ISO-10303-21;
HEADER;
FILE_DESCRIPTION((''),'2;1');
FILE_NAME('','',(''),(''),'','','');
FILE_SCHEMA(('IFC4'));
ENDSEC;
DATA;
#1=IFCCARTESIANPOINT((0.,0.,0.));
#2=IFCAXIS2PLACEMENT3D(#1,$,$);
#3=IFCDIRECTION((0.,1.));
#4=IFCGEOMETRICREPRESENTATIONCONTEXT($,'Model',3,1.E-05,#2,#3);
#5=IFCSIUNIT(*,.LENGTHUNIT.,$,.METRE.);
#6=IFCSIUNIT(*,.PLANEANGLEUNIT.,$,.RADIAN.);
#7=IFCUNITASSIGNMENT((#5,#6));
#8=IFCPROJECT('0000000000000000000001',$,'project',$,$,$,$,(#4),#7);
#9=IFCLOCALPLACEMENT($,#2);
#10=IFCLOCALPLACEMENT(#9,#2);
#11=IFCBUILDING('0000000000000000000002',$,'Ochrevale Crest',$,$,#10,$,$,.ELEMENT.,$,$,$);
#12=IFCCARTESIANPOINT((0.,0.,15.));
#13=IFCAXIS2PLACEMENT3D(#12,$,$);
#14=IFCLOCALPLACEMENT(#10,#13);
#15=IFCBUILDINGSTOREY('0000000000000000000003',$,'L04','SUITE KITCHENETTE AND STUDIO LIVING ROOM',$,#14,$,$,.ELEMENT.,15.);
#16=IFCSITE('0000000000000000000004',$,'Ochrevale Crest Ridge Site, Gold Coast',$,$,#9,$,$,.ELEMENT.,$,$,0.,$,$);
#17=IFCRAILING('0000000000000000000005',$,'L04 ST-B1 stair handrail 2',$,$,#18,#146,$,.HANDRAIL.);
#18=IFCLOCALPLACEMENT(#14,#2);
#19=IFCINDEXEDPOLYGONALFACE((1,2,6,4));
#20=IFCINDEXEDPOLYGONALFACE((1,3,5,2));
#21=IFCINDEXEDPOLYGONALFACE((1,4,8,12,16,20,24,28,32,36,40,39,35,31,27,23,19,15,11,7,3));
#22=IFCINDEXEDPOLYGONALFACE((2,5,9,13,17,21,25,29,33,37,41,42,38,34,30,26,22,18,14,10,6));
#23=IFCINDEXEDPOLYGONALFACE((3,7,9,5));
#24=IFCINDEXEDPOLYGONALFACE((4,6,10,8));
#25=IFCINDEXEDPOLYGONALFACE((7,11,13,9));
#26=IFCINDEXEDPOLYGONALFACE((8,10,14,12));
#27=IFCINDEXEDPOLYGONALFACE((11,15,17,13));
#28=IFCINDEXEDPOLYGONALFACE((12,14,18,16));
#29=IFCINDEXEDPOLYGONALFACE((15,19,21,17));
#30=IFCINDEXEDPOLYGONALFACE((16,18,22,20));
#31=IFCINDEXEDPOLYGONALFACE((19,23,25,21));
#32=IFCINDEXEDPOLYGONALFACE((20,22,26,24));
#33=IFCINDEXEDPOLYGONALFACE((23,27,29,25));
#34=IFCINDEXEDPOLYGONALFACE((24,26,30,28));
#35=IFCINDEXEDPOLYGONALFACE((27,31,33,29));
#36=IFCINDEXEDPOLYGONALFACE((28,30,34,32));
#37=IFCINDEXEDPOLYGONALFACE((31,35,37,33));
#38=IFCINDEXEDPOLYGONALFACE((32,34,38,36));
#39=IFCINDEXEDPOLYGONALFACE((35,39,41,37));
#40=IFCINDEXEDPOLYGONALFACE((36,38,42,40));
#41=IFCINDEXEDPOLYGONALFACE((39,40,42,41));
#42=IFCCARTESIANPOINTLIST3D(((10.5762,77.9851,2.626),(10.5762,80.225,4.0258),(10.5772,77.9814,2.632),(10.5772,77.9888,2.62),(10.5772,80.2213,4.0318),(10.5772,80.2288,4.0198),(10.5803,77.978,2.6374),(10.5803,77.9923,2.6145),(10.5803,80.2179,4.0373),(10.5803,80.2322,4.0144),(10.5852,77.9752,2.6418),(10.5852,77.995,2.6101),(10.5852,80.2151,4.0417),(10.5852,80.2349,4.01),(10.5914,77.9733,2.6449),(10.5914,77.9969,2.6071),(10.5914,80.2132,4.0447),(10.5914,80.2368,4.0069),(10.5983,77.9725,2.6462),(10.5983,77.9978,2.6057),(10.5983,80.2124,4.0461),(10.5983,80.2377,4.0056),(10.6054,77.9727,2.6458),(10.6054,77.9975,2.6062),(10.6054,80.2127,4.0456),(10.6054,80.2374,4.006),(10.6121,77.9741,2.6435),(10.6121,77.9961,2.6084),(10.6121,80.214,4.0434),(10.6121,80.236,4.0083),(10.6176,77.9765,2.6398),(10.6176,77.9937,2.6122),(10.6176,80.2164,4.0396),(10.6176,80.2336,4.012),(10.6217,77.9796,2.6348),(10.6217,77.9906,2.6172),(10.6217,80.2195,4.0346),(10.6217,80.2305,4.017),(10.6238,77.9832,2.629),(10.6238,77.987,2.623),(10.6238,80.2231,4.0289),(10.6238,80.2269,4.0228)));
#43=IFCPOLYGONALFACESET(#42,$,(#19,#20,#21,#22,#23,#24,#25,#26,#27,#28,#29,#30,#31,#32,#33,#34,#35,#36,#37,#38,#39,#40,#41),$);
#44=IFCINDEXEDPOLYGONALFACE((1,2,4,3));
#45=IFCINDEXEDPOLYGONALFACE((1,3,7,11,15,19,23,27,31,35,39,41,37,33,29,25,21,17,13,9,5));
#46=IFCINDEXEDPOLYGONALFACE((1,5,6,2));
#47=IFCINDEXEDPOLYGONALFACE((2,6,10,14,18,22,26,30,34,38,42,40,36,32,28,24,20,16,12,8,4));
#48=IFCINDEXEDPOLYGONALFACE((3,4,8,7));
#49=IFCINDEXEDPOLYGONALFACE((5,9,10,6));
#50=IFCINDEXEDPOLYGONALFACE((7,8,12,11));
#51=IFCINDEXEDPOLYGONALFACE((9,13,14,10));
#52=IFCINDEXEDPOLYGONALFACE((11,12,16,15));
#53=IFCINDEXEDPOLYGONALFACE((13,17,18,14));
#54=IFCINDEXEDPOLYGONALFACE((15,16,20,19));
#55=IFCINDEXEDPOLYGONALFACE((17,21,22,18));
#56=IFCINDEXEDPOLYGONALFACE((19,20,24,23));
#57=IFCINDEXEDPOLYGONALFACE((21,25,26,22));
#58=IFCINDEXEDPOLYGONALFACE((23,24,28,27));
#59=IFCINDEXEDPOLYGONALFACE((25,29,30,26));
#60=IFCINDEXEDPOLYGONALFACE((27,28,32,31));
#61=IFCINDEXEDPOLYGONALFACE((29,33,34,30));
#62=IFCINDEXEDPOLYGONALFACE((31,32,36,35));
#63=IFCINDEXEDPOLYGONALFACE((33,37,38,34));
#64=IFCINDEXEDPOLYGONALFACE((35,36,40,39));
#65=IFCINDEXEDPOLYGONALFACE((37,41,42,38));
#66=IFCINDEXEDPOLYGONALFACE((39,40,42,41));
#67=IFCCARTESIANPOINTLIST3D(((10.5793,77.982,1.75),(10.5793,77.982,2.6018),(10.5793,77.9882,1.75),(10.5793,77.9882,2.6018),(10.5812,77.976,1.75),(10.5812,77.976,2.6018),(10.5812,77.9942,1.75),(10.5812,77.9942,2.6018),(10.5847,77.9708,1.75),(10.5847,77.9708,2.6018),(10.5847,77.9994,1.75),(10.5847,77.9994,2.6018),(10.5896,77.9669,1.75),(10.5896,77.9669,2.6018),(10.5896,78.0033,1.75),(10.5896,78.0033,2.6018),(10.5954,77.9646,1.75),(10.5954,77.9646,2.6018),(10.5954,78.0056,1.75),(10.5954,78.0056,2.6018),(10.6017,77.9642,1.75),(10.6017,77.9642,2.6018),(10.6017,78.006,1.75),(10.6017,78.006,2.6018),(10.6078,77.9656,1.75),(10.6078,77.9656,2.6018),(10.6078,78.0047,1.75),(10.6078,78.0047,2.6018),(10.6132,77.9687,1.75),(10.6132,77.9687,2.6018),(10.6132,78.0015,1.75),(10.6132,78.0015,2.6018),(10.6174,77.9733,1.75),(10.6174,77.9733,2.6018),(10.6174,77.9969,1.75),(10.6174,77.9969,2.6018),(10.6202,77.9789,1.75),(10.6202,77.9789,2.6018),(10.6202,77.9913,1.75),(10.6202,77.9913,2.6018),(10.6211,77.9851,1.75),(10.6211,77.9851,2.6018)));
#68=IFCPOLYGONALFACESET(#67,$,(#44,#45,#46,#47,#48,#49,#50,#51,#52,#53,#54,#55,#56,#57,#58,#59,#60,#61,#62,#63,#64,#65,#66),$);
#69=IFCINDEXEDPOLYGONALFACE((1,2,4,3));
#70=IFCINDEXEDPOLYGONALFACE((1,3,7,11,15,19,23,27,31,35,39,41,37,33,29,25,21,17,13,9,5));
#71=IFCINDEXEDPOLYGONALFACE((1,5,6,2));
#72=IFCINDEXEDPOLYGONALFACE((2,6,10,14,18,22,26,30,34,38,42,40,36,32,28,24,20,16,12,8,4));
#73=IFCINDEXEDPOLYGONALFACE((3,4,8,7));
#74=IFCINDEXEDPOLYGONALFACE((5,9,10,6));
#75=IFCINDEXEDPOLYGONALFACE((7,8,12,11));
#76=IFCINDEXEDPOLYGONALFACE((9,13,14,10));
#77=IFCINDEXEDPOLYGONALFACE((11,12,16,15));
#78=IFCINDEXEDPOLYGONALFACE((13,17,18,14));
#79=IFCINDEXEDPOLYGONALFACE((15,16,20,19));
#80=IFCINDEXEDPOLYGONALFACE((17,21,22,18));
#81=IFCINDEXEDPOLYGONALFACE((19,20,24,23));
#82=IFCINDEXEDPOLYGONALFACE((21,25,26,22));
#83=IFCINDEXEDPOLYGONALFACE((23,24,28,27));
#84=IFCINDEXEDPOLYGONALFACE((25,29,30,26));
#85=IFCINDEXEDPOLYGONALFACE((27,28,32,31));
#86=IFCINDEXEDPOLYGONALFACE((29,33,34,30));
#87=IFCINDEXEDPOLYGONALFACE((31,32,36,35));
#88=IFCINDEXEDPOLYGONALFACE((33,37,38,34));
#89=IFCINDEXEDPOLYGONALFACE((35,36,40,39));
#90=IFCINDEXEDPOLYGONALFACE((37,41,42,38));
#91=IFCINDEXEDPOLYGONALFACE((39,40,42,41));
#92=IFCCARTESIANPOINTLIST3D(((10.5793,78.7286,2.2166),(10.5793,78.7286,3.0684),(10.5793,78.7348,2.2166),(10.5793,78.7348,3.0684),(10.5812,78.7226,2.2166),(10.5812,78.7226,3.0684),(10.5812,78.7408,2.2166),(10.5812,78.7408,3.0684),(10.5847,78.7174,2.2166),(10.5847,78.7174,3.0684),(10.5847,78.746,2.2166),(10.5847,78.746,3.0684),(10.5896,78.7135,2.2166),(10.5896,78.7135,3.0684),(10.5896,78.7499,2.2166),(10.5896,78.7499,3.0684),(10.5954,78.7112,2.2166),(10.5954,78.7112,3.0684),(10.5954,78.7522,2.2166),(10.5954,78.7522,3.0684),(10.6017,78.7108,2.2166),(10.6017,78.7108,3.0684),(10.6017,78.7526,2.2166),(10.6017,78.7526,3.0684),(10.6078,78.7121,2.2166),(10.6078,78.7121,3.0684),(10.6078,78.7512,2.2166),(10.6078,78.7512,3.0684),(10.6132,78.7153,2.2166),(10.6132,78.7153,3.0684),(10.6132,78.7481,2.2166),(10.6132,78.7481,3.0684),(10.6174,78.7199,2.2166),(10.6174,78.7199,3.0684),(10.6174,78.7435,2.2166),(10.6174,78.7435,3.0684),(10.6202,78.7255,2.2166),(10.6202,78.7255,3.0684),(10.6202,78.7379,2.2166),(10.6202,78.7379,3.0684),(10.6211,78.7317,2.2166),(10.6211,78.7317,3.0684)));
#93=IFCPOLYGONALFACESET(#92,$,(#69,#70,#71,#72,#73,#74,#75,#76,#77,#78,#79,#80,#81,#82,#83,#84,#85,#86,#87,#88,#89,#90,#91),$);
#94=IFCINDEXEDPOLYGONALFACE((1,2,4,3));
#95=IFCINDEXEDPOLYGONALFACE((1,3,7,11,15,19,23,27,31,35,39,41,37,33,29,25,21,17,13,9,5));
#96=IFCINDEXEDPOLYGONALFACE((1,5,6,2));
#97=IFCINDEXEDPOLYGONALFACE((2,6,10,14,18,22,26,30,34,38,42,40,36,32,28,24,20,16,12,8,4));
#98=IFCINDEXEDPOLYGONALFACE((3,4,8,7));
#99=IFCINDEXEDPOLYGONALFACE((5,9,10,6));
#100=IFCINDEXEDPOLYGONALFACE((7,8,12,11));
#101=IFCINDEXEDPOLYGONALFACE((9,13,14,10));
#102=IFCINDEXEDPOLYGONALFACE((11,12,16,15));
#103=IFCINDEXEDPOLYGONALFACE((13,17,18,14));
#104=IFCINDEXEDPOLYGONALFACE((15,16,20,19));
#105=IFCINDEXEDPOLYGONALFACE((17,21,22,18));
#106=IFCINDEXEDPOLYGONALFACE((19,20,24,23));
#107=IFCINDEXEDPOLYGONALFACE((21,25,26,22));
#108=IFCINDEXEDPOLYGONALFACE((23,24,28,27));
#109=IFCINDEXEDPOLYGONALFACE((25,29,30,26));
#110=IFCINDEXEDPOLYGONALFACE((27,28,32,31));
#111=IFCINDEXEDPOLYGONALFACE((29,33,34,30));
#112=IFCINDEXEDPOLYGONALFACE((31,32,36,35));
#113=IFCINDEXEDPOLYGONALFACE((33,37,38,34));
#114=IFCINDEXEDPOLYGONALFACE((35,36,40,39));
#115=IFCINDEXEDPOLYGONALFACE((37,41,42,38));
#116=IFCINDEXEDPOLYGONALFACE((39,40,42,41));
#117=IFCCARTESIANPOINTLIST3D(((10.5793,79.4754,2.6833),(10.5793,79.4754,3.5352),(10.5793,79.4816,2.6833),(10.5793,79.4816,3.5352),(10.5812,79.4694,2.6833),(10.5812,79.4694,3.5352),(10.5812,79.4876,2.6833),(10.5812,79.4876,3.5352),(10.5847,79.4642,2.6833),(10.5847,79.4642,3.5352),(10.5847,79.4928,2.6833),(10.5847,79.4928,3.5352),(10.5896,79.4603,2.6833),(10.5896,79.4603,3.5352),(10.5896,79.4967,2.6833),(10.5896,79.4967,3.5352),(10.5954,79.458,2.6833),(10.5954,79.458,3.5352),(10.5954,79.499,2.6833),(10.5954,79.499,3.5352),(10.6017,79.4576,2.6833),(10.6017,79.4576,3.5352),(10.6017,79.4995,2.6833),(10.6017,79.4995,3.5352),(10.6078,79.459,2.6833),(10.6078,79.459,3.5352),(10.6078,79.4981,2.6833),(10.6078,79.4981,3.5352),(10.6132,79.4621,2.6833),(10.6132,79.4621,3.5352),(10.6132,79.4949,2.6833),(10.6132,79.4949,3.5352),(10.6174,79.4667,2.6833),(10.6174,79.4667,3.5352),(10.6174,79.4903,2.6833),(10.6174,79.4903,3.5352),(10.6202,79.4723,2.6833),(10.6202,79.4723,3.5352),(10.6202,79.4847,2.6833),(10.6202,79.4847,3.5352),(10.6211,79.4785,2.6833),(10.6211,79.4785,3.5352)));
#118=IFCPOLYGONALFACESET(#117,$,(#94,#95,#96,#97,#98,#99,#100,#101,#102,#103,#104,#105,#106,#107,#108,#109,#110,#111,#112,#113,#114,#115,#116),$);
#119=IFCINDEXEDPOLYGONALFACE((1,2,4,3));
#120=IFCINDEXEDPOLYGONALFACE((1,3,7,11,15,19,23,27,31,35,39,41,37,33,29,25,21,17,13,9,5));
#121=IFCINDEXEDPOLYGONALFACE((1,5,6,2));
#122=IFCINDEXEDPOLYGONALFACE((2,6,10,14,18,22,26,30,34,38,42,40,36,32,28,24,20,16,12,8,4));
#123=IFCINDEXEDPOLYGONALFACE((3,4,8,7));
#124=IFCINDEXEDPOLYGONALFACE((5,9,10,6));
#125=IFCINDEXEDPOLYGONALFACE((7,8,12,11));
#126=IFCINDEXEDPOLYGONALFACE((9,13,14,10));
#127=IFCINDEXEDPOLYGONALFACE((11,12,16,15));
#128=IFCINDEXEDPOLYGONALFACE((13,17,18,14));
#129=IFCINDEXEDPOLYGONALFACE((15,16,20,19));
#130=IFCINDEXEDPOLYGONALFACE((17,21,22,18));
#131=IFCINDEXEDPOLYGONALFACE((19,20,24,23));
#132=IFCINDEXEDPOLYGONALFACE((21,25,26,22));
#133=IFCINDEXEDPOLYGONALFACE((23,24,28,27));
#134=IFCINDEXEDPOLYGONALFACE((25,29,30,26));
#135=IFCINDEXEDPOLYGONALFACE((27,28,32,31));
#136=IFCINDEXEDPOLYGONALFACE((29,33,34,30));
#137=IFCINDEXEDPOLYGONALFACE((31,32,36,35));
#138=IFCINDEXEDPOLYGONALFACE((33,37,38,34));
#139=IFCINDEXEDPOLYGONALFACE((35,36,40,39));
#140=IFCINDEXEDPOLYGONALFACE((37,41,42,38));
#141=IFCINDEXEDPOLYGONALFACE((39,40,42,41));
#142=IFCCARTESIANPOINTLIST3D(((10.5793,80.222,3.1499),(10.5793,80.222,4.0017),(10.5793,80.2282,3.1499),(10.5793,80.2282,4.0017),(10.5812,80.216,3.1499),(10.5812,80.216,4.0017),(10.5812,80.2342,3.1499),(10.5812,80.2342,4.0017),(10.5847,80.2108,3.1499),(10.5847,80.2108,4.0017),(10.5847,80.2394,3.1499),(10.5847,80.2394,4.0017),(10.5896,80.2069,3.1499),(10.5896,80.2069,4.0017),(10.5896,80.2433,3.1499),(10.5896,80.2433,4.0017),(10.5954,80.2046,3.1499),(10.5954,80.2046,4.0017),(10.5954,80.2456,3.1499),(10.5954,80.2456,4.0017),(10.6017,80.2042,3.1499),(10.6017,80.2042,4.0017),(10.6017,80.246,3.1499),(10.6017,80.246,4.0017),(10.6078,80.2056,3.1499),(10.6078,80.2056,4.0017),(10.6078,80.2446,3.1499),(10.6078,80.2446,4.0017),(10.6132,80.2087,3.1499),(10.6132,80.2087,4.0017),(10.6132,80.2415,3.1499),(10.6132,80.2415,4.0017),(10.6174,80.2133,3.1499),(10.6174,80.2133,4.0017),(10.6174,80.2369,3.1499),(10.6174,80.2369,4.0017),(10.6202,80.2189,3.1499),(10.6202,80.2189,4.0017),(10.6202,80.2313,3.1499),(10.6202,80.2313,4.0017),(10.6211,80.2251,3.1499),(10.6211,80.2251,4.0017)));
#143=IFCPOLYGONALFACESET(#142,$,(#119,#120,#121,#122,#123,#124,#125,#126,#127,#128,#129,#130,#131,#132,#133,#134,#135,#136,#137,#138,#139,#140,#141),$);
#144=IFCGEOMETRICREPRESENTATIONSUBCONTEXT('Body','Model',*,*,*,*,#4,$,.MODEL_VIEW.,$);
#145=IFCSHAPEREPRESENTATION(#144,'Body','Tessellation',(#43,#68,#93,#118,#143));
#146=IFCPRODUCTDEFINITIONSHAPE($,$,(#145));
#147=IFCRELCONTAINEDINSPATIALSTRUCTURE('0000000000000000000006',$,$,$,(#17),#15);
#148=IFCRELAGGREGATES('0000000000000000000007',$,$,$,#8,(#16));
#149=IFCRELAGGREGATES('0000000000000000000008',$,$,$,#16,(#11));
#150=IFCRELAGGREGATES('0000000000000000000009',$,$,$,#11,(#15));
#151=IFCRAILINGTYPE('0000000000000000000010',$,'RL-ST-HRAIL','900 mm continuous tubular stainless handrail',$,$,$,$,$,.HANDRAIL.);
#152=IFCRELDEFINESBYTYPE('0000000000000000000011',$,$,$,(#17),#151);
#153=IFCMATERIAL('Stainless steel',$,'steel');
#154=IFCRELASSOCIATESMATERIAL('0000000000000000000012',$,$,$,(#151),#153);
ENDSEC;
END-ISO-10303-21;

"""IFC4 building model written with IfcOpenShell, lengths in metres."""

from ifc_helpers import new_model, si_unit, direction, frame, origin, origin_2d, place, context, subcontext, project, spatial, circle, extrude, material, type_object, element, save


model = new_model("IFC4")

# Units and contexts
model_context = context("Model", 3, precision=1e-05, world=origin(), true_north=direction((0.0, 1.0)))
body_context = subcontext(model_context, "Body", "Model", "MODEL_VIEW")
ifc_project = project(units=[si_unit("LENGTHUNIT", "METRE"), si_unit("PLANEANGLEUNIT", "RADIAN")], contexts=[model_context])

# Site, building, storey
site_placement = place(None, origin())
site = spatial("IfcSite", under=ifc_project, at=site_placement, Name="Ochrevale Crest Ridge Site, Gold Coast", CompositionType="ELEMENT", RefElevation=0.0)
building_placement = place(site_placement, origin())
building = spatial("IfcBuilding", under=site, at=building_placement, Name="Ochrevale Crest", CompositionType="ELEMENT")
storey_placement = place(building_placement, frame((0.0, 0.0, 15.0)))
storey = spatial("IfcBuildingStorey", under=building, at=storey_placement, Name="L04", Description="SUITE KITCHENETTE AND STUDIO LIVING ROOM", CompositionType="ELEMENT", Elevation=15.0)

# Railing
ifc_material_1 = material(Name="Stainless steel", Category="steel")
railing_type_1 = type_object("IfcRailingType", Name="RL-ST-HRAIL", Description="900 mm continuous tubular stainless handrail", PredefinedType="HANDRAIL", material=ifc_material_1)
railing_1_placement = place(storey_placement, frame((10.6001, 77.9851, 1.75)))
element("IfcRailing", 1, at=railing_1_placement, inside=storey, type_object=railing_type_1, Name="L04 ST-B1 stair handrail 2", PredefinedType="HANDRAIL", context=body_context, shape_type="SweptSolid", body=[
    extrude(circle(Radius=0.0239, at=origin_2d()), frame((0.0, 0.0, 0.876), z_axis=(0.0, 0.848014, 0.529974), x_axis=(-1.0, 0.0, 0.0)), (0.0, 0.0, 1.0), 2.6414),
    extrude(circle(Radius=0.021, at=origin_2d()), origin(), (0.0, 0.0, 1.0), 0.8518),
    extrude(circle(Radius=0.021, at=origin_2d()), frame((0.0, 0.7466, 0.4666)), (0.0, 0.0, 1.0), 0.8518),
    extrude(circle(Radius=0.021, at=origin_2d()), frame((0.0, 1.4934, 0.9333)), (0.0, 0.0, 1.0), 0.8518),
    extrude(circle(Radius=0.021, at=origin_2d()), frame((0.0, 2.24, 1.3999)), (0.0, 0.0, 1.0), 0.8518),
])

save(model, "model.ifc")
